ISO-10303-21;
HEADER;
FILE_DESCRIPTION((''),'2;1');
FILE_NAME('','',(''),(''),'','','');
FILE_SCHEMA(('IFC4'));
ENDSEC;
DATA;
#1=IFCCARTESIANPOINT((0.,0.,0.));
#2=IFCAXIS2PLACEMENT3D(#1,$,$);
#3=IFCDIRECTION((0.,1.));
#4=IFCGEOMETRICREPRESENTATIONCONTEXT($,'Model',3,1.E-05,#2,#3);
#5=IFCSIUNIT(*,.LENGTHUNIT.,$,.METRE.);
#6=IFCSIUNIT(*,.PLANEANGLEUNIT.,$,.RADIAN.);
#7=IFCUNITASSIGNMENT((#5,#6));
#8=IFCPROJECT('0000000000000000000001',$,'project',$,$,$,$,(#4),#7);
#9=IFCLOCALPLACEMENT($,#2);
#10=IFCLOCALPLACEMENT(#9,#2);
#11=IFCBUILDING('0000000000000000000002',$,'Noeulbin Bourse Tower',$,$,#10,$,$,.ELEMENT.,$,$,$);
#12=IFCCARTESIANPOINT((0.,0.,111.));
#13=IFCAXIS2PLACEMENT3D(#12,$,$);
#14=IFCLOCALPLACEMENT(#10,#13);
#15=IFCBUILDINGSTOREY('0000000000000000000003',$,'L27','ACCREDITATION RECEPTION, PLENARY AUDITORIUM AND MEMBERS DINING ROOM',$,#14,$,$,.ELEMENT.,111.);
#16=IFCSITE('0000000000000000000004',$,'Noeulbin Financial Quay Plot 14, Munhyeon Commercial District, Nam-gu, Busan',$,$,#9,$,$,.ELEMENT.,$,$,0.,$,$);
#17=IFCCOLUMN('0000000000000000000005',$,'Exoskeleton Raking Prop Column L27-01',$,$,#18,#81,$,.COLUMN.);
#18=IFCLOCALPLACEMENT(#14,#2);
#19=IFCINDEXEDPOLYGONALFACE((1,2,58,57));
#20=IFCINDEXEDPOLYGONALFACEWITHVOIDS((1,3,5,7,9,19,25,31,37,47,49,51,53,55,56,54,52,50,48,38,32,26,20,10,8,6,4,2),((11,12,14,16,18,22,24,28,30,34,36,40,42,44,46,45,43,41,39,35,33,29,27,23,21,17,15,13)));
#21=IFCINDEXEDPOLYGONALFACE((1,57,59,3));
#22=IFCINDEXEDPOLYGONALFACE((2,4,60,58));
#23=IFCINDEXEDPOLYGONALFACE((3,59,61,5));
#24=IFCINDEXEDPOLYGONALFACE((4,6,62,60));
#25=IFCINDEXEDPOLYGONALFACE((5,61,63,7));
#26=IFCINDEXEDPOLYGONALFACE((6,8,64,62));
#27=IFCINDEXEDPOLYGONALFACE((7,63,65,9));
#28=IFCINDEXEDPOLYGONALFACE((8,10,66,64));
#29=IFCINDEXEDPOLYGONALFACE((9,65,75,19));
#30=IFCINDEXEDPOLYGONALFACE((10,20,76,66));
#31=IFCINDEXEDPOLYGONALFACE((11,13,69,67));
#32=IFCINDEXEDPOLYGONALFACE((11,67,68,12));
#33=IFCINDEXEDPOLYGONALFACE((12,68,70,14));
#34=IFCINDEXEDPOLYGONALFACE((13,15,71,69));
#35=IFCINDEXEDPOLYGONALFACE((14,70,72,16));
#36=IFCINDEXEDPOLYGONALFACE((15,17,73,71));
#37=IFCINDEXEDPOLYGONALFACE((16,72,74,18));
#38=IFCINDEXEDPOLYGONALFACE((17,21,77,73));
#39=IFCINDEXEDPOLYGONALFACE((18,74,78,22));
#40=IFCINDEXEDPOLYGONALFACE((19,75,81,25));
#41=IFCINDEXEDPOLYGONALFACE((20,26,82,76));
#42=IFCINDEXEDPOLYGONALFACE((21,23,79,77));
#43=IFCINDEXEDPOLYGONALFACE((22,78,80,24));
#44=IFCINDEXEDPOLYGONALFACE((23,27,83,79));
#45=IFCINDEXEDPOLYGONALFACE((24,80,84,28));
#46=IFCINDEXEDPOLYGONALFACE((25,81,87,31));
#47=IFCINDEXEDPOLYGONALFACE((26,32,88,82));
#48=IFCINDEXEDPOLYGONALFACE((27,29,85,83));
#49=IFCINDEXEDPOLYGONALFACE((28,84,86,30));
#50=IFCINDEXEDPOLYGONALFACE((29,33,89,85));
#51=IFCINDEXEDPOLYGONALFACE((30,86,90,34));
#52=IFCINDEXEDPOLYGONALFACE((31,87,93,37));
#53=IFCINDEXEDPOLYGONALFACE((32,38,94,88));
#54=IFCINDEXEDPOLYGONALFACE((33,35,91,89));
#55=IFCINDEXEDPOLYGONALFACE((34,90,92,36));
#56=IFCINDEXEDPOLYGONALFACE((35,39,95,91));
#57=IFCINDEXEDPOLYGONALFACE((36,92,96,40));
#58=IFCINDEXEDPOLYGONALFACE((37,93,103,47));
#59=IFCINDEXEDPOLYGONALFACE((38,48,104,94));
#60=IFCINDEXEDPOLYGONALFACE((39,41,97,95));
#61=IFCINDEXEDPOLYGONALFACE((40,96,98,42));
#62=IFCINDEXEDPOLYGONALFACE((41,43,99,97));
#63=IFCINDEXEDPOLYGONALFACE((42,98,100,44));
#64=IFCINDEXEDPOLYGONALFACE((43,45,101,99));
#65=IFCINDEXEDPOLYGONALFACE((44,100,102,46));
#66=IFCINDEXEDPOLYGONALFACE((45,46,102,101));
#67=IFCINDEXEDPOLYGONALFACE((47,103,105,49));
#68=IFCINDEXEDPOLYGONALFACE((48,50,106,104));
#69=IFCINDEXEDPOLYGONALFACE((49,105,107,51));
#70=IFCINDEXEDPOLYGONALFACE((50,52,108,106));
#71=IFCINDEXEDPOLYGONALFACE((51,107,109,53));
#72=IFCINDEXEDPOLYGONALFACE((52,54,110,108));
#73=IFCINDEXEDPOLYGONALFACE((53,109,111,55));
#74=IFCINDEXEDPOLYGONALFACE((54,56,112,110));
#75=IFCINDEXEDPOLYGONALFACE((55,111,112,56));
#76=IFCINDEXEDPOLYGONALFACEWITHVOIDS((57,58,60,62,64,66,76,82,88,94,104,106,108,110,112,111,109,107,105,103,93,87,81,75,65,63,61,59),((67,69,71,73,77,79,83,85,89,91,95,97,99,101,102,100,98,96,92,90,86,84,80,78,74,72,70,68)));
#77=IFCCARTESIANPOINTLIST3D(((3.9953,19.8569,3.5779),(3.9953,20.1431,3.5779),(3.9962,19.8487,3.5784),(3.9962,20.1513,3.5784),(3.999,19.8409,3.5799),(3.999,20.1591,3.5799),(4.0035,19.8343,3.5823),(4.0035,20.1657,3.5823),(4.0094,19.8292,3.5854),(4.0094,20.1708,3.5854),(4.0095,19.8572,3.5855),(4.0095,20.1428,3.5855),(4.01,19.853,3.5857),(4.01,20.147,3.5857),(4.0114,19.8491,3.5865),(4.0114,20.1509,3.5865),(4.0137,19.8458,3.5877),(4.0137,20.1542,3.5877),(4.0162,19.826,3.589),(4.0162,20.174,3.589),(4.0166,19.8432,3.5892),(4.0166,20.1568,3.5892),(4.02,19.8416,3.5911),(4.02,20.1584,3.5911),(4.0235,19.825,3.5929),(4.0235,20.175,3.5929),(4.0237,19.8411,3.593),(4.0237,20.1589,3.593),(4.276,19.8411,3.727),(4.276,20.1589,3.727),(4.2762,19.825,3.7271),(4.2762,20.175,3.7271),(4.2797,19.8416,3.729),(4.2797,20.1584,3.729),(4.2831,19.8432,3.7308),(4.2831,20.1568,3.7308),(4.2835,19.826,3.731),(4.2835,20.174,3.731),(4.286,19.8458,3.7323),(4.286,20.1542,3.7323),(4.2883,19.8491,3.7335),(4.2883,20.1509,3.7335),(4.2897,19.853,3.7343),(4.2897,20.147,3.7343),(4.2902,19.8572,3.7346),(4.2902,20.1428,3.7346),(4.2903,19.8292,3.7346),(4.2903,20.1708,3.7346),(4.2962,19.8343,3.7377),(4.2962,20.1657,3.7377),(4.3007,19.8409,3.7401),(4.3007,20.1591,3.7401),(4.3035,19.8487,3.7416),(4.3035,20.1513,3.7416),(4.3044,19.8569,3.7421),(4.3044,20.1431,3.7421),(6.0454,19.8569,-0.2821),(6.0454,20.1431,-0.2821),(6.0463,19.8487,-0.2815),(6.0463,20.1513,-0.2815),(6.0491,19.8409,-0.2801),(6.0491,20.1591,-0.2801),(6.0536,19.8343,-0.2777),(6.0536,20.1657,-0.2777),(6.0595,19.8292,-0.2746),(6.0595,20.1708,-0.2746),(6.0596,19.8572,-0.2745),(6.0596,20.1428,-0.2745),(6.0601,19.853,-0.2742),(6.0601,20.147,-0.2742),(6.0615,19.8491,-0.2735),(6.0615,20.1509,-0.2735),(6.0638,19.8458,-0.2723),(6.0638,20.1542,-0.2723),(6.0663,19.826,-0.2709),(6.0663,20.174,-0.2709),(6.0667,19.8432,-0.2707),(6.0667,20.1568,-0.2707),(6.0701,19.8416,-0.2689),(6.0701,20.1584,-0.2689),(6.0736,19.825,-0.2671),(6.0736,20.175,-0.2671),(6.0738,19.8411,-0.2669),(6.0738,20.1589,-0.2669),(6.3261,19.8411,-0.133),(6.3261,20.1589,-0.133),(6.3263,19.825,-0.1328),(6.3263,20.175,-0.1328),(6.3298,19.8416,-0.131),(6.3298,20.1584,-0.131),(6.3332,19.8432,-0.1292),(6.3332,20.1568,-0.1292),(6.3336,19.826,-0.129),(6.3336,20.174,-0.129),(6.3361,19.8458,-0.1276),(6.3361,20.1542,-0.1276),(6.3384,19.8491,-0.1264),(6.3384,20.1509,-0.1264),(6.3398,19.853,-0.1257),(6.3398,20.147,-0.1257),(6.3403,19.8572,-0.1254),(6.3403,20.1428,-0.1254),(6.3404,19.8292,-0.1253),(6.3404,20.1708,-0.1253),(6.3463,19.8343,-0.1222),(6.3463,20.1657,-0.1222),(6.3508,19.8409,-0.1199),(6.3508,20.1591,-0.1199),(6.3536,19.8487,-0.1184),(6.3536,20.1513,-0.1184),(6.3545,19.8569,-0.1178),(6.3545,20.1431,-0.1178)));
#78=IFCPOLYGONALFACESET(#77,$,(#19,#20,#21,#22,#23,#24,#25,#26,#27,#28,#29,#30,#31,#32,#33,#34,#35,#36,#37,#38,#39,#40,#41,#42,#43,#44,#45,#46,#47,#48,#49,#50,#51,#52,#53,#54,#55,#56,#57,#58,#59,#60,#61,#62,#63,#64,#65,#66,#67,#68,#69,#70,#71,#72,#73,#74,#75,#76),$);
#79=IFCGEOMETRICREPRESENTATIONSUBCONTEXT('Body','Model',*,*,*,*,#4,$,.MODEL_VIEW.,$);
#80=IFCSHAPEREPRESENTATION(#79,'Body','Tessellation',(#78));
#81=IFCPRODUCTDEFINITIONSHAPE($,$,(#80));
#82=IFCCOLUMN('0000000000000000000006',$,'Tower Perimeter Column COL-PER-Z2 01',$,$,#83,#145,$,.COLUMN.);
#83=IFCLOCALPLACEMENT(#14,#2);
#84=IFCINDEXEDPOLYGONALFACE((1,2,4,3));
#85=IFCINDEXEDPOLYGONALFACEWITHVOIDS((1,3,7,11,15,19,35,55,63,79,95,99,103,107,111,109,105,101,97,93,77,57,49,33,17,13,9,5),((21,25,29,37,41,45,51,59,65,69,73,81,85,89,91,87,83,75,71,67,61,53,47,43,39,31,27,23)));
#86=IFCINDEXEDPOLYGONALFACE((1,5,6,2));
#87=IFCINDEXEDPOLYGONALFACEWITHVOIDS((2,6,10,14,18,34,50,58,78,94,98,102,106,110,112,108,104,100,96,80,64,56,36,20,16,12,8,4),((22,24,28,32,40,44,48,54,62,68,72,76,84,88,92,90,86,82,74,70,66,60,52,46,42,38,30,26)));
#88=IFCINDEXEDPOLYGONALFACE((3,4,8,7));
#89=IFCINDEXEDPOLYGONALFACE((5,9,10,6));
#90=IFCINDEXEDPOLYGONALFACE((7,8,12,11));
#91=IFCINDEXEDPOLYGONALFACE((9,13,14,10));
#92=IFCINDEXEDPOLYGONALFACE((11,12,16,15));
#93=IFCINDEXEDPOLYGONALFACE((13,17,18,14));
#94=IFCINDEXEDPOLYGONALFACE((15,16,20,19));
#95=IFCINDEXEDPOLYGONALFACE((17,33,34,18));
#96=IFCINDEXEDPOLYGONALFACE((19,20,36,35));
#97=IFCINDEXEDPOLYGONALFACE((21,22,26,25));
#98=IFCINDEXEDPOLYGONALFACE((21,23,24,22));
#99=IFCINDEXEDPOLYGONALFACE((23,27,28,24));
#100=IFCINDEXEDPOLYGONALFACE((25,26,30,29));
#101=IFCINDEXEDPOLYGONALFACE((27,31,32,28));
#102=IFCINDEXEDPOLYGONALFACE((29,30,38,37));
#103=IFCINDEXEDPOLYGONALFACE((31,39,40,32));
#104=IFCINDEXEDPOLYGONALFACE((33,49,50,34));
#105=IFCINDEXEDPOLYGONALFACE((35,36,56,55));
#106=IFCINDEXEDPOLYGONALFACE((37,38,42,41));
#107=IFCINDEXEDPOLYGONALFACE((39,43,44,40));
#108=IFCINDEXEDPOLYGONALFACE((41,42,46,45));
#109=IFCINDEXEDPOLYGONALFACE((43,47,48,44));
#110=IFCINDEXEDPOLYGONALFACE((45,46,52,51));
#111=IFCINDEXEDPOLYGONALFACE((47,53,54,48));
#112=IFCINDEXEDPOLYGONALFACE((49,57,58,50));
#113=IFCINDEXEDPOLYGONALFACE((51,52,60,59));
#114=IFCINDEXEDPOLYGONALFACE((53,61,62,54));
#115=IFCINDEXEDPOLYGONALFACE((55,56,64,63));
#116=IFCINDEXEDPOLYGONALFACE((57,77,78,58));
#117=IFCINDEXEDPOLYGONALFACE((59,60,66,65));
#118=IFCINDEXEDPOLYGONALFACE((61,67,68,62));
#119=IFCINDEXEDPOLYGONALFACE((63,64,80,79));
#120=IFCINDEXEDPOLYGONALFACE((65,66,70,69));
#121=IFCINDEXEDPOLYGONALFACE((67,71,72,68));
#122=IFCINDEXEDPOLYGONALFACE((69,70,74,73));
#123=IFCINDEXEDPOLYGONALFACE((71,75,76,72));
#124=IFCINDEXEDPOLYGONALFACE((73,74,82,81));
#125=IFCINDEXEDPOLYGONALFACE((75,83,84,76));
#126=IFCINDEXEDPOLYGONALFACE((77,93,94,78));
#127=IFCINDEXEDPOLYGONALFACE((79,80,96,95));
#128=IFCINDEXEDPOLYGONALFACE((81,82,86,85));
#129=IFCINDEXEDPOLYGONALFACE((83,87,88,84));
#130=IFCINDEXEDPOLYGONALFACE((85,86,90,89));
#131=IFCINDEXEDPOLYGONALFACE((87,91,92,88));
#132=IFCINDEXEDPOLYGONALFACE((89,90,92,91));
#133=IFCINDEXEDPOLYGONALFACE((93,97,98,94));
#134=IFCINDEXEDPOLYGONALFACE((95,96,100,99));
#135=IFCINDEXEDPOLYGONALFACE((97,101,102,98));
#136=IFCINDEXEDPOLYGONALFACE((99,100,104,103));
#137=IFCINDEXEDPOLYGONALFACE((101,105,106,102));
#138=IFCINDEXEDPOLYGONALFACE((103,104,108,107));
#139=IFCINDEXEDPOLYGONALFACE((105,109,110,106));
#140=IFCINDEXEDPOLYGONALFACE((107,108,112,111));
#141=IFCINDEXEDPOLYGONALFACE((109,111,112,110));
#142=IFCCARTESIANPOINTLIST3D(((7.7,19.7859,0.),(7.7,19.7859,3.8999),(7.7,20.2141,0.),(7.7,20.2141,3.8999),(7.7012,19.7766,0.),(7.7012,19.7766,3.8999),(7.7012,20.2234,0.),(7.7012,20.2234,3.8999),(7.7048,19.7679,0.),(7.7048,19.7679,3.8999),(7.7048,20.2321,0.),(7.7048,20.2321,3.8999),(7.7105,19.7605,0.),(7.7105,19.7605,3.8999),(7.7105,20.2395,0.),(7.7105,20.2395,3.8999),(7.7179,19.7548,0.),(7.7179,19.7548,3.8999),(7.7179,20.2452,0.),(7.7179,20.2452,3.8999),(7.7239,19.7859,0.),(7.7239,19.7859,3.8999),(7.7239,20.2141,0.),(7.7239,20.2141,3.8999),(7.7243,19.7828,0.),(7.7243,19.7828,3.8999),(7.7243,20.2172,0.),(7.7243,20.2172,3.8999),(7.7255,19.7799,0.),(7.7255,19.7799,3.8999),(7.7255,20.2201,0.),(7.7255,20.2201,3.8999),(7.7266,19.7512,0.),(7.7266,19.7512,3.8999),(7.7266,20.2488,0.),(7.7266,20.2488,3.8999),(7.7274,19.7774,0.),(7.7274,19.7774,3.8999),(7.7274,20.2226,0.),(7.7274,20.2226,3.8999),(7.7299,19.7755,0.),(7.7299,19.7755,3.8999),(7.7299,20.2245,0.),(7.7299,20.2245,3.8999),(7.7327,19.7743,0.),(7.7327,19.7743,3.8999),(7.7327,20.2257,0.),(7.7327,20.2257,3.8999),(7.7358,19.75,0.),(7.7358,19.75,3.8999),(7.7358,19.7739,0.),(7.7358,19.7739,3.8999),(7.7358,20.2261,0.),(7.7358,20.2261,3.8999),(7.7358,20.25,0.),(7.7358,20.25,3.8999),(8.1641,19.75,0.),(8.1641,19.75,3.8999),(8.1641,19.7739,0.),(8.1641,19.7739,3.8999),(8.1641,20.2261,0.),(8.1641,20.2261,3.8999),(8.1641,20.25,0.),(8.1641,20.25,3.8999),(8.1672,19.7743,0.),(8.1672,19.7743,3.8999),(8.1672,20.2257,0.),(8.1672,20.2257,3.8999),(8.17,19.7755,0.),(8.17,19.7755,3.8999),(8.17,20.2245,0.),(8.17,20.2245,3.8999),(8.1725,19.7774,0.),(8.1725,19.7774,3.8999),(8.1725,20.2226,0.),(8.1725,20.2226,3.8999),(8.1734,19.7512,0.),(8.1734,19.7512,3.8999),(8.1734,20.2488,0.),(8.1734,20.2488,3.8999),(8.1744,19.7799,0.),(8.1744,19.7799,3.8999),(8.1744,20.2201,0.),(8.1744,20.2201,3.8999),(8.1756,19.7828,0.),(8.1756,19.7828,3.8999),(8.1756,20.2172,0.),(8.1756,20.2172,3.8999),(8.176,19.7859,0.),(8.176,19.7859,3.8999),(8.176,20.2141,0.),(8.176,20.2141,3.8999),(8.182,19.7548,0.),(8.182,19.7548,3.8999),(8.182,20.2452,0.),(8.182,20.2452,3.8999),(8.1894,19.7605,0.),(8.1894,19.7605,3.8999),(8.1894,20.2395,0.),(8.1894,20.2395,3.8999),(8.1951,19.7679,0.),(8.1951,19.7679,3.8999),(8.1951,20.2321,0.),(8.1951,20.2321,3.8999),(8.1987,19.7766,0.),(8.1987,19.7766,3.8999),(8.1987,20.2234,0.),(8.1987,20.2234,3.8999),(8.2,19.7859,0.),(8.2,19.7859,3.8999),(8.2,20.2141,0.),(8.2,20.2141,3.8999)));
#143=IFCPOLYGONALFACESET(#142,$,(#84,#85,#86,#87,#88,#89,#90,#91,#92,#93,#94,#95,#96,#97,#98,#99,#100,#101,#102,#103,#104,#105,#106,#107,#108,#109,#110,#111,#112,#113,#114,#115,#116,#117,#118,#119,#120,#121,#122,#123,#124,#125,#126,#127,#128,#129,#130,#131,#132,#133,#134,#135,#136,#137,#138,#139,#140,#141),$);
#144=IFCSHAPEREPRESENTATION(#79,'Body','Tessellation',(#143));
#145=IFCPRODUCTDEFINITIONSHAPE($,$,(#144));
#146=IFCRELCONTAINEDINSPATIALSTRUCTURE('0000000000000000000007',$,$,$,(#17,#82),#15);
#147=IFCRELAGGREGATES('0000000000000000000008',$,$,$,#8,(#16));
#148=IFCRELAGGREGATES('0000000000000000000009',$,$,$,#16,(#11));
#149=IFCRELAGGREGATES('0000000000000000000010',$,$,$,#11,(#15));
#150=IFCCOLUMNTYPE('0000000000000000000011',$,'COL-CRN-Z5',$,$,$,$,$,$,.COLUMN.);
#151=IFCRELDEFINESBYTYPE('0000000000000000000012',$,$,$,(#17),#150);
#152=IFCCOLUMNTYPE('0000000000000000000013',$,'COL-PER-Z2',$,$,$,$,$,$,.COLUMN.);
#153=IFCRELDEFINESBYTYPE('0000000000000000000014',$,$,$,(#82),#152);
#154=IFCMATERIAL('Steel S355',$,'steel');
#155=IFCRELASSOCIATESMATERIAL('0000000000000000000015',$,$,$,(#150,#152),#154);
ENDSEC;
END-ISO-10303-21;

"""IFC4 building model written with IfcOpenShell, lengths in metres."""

from ifc_helpers import new_model, si_unit, direction, frame, origin, origin_2d, place, context, subcontext, project, spatial, hollow_rectangle, extrude, material, material_profile, profile_set, type_object, element, save


model = new_model("IFC4")

# Units and contexts
model_context = context("Model", 3, precision=1e-05, world=origin(), true_north=direction((0.0, 1.0)))
body_context = subcontext(model_context, "Body", "Model", "MODEL_VIEW")
ifc_project = project(units=[si_unit("LENGTHUNIT", "METRE"), si_unit("PLANEANGLEUNIT", "RADIAN")], contexts=[model_context])

# Site, building, storey
site_placement = place(None, origin())
site = spatial("IfcSite", under=ifc_project, at=site_placement, Name="Noeulbin Financial Quay Plot 14, Munhyeon Commercial District, Nam-gu, Busan", CompositionType="ELEMENT", RefElevation=0.0)
building_placement = place(site_placement, origin())
building = spatial("IfcBuilding", under=site, at=building_placement, Name="Noeulbin Bourse Tower", CompositionType="ELEMENT")
storey_placement = place(building_placement, frame((0.0, 0.0, 111.0)))
storey = spatial("IfcBuildingStorey", under=building, at=storey_placement, Name="L27", Description="ACCREDITATION RECEPTION, PLENARY AUDITORIUM AND MEMBERS DINING ROOM", CompositionType="ELEMENT", Elevation=111.0)

# Columns
ifc_material_1 = material(Name="Steel S355", Category="steel")
ifc_material_profile_1 = material_profile(ifc_material_1, hollow_rectangle(XDim=0.3501, YDim=0.3501, WallThickness=0.0161, InnerFilletRadius=0.0161, OuterFilletRadius=0.032, at=origin_2d()), Name="SHS-350x350x16", Category="LoadBearing")
ifc_profile_set_1 = profile_set([ifc_material_profile_1], Name="Steel S355")
column_type_1 = type_object("IfcColumnType", Name="COL-CRN-Z5", PredefinedType="COLUMN", material=ifc_profile_set_1)
column_1_placement = place(storey_placement, frame((6.2, 20.0, -0.2), z_axis=(-0.469065, 0.0, 0.883163), x_axis=(0.0, -1.0, 0.0)))
element("IfcColumn", 1, at=column_1_placement, inside=storey, type_object=column_type_1, Name="Exoskeleton Raking Prop Column L27-01", PredefinedType="COLUMN", context=body_context, shape_type="SweptSolid", body=[
    extrude(hollow_rectangle(XDim=0.3501, YDim=0.3501, WallThickness=0.0161, InnerFilletRadius=0.0161, OuterFilletRadius=0.032, at=origin_2d()), origin(), (0.0, 0.0, 1.0), 4.3706),
])
ifc_material_profile_2 = material_profile(ifc_material_1, hollow_rectangle(XDim=0.5, YDim=0.5, WallThickness=0.0239, InnerFilletRadius=0.012, OuterFilletRadius=0.0359, at=origin_2d()), Name="BOX-500x500x24", Category="LoadBearing")
ifc_profile_set_2 = profile_set([ifc_material_profile_2], Name="Steel S355")
column_type_2 = type_object("IfcColumnType", Name="COL-PER-Z2", PredefinedType="COLUMN", material=ifc_profile_set_2)
column_2_placement = place(storey_placement, frame((7.95, 20.0, 0.0), z_axis=(0.0, 0.0, 1.0), x_axis=(1.0, 0.0, 0.0)))
element("IfcColumn", 2, at=column_2_placement, inside=storey, type_object=column_type_2, Name="Tower Perimeter Column COL-PER-Z2 01", PredefinedType="COLUMN", context=body_context, shape_type="SweptSolid", body=[
    extrude(hollow_rectangle(XDim=0.5, YDim=0.5, WallThickness=0.0239, InnerFilletRadius=0.012, OuterFilletRadius=0.0359, at=origin_2d()), origin(), (0.0, 0.0, 1.0), 3.8999),
])

save(model, "model.ifc")
